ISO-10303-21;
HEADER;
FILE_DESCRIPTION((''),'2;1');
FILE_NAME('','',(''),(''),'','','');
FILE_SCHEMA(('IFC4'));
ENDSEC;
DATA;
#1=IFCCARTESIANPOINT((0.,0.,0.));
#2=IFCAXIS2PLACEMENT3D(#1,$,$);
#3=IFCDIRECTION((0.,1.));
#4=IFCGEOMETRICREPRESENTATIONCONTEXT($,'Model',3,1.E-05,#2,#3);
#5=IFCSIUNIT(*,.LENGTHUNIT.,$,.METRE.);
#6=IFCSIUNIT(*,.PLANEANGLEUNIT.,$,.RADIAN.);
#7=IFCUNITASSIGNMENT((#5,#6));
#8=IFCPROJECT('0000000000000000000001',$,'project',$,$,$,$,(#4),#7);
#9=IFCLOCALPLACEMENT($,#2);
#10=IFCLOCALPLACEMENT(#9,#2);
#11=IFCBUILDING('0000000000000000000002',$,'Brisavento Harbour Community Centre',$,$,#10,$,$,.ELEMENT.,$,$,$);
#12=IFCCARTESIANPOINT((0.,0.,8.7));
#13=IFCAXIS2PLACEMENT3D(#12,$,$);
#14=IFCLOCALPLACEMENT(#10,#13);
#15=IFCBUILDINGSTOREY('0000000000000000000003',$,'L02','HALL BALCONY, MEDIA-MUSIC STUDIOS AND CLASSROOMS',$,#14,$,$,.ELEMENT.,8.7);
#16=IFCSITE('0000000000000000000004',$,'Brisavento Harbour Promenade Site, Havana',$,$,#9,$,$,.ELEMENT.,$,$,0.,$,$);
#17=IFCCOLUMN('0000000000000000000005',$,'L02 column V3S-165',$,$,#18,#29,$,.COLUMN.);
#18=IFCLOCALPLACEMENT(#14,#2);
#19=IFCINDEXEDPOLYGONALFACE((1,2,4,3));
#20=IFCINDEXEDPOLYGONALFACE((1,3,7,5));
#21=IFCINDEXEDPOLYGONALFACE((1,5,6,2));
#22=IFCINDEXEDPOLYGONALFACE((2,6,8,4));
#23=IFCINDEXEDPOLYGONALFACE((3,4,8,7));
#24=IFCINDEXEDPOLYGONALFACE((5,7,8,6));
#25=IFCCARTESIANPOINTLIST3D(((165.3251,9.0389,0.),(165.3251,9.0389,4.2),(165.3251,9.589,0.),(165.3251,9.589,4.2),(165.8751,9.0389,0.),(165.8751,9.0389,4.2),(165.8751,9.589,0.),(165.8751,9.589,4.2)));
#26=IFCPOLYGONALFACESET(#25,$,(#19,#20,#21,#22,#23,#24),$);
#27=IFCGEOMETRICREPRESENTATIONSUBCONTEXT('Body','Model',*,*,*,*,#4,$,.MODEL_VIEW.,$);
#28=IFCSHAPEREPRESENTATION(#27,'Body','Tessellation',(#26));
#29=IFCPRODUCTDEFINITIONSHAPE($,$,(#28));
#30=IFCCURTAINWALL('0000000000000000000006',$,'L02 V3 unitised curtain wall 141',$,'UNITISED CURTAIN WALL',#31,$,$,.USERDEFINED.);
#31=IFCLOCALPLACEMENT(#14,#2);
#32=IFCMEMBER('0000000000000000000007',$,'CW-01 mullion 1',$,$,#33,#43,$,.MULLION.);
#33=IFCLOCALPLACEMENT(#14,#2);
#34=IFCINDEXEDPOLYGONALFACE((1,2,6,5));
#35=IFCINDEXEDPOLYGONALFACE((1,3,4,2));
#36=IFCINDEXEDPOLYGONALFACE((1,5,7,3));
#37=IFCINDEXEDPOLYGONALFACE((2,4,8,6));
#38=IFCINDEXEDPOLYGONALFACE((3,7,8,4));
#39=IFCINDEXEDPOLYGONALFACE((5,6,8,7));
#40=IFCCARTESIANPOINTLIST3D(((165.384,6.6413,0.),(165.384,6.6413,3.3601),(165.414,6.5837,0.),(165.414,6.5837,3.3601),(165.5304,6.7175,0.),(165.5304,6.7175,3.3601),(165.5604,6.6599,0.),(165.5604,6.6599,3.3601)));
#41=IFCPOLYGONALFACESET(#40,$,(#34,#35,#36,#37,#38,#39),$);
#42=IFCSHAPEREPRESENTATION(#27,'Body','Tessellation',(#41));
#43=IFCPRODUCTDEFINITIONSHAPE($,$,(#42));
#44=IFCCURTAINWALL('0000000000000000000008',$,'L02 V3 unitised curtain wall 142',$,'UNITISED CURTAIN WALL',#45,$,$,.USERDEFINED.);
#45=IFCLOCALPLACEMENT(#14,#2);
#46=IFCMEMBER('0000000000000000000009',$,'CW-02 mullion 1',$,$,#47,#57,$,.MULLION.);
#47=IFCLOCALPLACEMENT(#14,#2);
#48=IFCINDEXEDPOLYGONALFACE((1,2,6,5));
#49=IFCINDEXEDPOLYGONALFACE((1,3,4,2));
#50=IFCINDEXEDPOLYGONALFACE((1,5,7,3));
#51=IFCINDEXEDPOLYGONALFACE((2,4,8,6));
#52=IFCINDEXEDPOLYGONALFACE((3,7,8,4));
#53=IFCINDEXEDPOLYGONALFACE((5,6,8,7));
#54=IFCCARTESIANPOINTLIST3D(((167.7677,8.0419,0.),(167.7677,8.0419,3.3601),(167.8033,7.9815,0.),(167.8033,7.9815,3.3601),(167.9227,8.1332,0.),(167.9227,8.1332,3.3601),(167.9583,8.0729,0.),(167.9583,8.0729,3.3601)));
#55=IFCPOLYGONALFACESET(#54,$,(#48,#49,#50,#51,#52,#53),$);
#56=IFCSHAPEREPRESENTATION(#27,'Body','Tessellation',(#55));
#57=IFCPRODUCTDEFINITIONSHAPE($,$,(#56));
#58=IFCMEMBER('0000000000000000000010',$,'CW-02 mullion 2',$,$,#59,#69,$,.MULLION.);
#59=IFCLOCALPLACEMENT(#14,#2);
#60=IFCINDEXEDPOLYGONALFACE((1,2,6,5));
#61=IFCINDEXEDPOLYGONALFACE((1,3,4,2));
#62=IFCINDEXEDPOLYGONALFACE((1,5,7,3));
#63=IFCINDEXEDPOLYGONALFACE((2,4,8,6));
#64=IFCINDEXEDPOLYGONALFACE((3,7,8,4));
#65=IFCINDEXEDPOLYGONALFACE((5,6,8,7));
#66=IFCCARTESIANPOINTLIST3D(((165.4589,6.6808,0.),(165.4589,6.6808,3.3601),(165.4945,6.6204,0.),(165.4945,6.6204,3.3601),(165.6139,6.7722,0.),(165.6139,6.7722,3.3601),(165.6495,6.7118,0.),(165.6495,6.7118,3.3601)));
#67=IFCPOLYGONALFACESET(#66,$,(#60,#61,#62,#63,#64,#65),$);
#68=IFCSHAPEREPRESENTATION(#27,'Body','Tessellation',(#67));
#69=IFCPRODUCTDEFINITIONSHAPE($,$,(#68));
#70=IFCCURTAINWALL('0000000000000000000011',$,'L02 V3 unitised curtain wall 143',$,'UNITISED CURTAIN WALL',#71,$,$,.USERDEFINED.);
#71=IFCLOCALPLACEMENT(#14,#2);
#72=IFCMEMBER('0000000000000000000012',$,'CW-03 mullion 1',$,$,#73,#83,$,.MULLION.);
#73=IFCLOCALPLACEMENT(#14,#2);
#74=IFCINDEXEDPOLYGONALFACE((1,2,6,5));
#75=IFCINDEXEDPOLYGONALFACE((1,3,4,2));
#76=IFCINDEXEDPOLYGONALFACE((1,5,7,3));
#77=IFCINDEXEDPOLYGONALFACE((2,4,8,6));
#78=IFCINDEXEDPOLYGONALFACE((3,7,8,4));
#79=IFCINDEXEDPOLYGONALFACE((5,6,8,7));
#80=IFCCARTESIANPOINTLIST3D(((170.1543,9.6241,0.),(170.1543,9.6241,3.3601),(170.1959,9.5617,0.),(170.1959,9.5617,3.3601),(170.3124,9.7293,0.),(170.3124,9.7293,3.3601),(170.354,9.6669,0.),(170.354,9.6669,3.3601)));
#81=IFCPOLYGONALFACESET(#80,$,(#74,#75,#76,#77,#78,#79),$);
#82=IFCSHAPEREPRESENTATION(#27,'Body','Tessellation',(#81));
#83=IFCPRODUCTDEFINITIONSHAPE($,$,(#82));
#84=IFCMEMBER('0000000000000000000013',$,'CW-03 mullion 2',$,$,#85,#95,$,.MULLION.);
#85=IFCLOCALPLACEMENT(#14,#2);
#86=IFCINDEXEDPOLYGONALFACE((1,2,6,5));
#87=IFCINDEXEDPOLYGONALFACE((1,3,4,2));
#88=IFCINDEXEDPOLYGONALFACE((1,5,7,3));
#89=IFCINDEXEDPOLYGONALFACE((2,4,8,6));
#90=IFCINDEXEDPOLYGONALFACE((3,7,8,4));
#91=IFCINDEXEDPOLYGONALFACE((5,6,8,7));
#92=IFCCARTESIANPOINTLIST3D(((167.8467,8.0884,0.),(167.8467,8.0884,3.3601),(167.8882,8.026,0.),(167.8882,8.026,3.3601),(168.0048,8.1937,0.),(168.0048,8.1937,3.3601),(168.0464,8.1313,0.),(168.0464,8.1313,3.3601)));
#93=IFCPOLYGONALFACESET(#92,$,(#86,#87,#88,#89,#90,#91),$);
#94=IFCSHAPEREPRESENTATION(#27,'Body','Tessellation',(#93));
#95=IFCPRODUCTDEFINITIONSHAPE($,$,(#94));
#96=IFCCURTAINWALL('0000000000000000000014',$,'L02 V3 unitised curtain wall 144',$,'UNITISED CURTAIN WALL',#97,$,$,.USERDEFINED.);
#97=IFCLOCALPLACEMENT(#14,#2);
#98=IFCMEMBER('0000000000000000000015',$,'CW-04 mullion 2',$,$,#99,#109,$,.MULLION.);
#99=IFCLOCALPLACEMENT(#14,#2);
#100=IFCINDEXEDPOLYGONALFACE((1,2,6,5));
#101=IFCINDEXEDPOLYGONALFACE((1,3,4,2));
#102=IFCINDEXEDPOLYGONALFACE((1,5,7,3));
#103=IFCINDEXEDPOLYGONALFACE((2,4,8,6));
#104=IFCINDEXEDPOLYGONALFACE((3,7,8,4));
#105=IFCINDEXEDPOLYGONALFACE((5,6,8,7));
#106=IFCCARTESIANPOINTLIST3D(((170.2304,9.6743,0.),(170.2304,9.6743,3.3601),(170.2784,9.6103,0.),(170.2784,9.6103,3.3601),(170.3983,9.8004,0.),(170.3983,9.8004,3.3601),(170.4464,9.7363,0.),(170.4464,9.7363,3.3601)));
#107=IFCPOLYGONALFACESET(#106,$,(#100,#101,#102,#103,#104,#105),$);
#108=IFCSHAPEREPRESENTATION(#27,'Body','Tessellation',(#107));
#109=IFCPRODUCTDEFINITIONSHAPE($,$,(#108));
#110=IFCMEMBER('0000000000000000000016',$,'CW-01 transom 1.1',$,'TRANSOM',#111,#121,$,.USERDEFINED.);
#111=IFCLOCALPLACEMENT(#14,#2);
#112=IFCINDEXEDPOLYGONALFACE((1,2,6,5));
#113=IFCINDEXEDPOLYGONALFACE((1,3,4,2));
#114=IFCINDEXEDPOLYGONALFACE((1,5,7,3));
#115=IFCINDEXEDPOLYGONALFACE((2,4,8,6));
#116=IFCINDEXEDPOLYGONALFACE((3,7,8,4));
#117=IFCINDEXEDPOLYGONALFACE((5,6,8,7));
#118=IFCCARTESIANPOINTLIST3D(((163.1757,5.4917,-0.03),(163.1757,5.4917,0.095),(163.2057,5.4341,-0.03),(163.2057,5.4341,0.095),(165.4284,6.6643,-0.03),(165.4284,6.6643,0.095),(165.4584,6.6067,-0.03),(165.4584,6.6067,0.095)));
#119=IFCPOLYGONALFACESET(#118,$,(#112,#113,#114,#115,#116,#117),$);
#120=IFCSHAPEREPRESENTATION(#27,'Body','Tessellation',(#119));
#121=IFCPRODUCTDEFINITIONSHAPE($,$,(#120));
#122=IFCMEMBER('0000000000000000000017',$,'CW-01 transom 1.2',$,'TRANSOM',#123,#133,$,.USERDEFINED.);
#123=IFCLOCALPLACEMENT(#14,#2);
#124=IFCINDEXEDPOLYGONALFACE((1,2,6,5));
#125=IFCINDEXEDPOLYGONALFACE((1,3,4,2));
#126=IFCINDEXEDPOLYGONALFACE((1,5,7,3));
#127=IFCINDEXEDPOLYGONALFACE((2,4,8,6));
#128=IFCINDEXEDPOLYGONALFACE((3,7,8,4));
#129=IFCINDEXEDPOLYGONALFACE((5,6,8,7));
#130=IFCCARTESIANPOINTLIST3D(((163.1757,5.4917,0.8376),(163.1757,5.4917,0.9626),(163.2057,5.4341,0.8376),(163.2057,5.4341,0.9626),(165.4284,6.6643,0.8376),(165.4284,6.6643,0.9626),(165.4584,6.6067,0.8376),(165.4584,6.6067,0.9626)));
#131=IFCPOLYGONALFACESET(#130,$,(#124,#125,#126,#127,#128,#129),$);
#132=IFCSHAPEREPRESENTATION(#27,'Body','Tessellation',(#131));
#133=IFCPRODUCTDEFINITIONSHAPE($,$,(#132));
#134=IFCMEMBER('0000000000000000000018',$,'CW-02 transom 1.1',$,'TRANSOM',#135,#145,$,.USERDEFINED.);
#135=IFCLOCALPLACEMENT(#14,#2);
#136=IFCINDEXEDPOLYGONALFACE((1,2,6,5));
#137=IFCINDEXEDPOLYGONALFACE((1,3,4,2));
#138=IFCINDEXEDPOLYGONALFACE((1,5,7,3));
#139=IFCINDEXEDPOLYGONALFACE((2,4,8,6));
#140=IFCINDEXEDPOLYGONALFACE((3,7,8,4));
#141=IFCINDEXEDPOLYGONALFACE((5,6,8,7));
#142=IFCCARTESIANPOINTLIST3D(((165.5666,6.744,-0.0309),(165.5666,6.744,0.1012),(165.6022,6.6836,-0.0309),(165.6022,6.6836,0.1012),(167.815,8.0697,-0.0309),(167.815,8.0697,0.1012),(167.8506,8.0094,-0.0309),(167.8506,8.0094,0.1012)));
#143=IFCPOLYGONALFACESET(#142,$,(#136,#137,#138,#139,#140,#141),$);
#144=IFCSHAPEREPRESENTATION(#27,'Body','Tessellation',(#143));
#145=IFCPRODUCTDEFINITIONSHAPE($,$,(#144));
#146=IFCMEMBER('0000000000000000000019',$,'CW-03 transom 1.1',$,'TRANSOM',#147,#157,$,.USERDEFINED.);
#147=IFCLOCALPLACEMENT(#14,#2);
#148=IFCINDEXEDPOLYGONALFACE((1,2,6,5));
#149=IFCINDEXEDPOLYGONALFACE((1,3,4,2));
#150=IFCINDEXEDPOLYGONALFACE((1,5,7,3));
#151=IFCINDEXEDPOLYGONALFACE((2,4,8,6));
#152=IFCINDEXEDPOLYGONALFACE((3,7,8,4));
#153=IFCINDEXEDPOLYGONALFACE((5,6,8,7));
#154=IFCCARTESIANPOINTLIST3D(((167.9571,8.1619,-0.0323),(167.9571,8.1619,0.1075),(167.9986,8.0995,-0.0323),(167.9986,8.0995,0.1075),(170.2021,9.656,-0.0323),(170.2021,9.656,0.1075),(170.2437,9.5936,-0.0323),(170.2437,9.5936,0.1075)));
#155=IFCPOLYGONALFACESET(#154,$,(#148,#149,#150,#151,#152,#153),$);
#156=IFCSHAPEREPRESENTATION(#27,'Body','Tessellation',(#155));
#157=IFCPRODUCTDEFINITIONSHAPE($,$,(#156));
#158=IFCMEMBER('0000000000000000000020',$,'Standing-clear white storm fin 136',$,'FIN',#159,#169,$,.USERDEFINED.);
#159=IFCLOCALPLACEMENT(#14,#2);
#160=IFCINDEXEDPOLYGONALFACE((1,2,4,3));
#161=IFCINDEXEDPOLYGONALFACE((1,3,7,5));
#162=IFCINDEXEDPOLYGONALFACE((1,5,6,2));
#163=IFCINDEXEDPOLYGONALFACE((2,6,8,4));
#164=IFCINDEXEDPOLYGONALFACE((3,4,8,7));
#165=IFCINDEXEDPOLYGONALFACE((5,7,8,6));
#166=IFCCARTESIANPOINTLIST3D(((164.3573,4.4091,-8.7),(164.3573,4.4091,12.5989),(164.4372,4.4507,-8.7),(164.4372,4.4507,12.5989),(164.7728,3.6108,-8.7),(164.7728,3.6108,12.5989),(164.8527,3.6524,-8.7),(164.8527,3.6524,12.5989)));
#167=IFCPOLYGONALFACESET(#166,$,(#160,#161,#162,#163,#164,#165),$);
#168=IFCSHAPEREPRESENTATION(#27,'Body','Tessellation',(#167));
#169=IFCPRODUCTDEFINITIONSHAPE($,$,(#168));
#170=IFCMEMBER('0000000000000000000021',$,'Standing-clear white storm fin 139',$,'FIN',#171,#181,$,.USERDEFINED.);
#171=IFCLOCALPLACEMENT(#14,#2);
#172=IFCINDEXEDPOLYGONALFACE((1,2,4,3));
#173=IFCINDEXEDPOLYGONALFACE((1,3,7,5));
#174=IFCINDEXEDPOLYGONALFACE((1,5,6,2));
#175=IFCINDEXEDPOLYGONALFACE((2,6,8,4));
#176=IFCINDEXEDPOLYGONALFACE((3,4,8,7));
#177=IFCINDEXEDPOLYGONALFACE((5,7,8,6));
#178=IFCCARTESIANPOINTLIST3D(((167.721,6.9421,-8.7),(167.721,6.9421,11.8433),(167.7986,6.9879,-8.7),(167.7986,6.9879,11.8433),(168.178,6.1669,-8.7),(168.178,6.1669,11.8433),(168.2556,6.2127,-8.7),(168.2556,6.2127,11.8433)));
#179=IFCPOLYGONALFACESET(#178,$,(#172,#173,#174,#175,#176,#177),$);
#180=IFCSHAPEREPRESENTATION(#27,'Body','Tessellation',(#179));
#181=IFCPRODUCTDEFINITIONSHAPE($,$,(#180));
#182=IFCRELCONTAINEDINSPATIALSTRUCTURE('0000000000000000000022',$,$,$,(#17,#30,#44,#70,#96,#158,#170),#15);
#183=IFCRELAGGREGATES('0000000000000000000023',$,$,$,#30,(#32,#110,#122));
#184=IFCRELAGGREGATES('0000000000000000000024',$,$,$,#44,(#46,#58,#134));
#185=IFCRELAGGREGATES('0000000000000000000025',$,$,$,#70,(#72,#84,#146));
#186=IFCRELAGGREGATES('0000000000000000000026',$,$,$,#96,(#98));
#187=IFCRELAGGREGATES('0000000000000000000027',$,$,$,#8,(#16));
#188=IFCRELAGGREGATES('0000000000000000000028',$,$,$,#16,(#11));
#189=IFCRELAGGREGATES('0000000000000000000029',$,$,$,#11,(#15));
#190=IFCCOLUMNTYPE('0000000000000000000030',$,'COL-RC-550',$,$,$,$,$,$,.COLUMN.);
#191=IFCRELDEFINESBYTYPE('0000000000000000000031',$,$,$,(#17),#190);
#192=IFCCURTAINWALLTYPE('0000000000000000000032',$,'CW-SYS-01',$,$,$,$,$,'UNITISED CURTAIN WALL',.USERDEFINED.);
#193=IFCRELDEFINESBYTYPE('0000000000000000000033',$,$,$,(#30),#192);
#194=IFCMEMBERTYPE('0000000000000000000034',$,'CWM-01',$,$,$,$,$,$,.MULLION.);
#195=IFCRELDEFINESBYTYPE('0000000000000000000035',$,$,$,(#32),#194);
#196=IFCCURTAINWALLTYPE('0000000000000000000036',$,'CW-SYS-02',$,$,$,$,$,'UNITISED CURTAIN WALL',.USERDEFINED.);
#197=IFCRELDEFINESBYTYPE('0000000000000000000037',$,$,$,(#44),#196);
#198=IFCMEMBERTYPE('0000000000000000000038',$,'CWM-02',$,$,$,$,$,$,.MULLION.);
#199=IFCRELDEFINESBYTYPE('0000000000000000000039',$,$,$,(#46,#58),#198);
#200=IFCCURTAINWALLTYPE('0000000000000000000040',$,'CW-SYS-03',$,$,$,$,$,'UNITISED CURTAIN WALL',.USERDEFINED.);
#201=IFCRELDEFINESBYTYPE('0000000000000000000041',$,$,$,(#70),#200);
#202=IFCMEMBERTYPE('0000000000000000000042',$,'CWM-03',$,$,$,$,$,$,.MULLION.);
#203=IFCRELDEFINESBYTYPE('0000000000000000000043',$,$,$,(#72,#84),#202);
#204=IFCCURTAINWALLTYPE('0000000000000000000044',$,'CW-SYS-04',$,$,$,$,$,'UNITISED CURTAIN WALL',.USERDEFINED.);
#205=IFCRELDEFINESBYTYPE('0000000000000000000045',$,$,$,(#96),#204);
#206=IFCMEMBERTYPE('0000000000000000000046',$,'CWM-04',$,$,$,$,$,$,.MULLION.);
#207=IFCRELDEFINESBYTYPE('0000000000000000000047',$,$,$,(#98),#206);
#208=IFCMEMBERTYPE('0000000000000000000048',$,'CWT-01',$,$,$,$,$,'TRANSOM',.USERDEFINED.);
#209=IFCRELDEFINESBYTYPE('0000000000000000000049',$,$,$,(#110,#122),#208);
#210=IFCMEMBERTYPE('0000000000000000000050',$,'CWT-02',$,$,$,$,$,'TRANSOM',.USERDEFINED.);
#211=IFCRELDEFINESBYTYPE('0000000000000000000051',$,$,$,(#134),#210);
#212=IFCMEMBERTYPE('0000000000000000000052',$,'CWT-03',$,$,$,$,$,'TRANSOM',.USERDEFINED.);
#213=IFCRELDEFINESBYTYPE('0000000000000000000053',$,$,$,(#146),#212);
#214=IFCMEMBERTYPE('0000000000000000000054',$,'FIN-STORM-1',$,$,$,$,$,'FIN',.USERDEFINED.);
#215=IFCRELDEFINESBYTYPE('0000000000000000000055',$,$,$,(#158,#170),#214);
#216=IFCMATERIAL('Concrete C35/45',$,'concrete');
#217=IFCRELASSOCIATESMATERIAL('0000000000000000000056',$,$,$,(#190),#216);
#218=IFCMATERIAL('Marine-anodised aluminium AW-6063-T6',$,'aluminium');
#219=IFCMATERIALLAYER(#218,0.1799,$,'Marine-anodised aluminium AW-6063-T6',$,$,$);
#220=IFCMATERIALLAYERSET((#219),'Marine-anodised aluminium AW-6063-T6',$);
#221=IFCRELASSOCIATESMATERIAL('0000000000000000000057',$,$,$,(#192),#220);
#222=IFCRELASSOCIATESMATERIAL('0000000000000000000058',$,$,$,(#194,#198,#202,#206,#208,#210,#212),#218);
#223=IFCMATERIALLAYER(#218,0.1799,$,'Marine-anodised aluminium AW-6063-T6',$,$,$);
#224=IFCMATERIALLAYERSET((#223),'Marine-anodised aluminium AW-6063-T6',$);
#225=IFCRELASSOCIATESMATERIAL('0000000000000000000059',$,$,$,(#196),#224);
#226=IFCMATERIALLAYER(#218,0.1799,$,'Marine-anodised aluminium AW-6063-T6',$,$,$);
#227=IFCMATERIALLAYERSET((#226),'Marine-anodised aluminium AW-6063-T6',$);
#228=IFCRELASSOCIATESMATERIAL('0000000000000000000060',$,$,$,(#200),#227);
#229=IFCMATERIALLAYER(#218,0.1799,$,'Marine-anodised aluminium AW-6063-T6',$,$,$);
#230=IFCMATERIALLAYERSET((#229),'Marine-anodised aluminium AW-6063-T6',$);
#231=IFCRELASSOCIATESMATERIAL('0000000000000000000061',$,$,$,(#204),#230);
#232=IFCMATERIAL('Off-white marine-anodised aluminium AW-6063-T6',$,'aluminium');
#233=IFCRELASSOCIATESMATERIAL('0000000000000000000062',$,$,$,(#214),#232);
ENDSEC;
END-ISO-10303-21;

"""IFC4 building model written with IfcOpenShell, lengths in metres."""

from ifc_helpers import new_model, si_unit, direction, frame, origin, origin_2d, place, context, subcontext, project, spatial, rectangle, extrude, material, layer, layer_set, material_profile, profile_set, type_object, element, aggregate, save


model = new_model("IFC4")

# Units and contexts
model_context = context("Model", 3, precision=1e-05, world=origin(), true_north=direction((0.0, 1.0)))
body_context = subcontext(model_context, "Body", "Model", "MODEL_VIEW")
ifc_project = project(units=[si_unit("LENGTHUNIT", "METRE"), si_unit("PLANEANGLEUNIT", "RADIAN")], contexts=[model_context])

# Site, building, storey
site_placement = place(None, origin())
site = spatial("IfcSite", under=ifc_project, at=site_placement, Name="Brisavento Harbour Promenade Site, Havana", CompositionType="ELEMENT", RefElevation=0.0)
building_placement = place(site_placement, origin())
building = spatial("IfcBuilding", under=site, at=building_placement, Name="Brisavento Harbour Community Centre", CompositionType="ELEMENT")
storey_placement = place(building_placement, frame((0.0, 0.0, 8.7)))
storey = spatial("IfcBuildingStorey", under=building, at=storey_placement, Name="L02", Description="HALL BALCONY, MEDIA-MUSIC STUDIOS AND CLASSROOMS", CompositionType="ELEMENT", Elevation=8.7)

# Column
ifc_material_1 = material(Name="Concrete C35/45", Category="concrete")
ifc_material_profile_1 = material_profile(ifc_material_1, rectangle(XDim=0.55, YDim=0.55, at=origin_2d()), Name="Concrete C35/45")
ifc_profile_set_1 = profile_set([ifc_material_profile_1], Name="Concrete C35/45")
column_type = type_object("IfcColumnType", Name="COL-RC-550", PredefinedType="COLUMN", material=ifc_profile_set_1)
column_placement = place(storey_placement, frame((165.6001, 9.314, 0.0), z_axis=(0.0, 0.0, 1.0), x_axis=(1.0, 0.0, 0.0)))
element("IfcColumn", 1, at=column_placement, inside=storey, type_object=column_type, Name="L02 column V3S-165", PredefinedType="COLUMN", context=body_context, shape_type="SweptSolid", body=[
    extrude(rectangle(XDim=0.55, YDim=0.55, at=origin_2d()), origin(), (0.0, 0.0, 1.0), 4.2),
])

# Curtain wall, member
ifc_material_2 = material(Name="Marine-anodised aluminium AW-6063-T6", Category="aluminium")
ifc_layer_1 = layer(ifc_material_2, 0.1799, Name="Marine-anodised aluminium AW-6063-T6")
ifc_layer_set_1 = layer_set([ifc_layer_1], Name="Marine-anodised aluminium AW-6063-T6")
curtain_wall_type_1 = type_object("IfcCurtainWallType", Name="CW-SYS-01", ElementType="UNITISED CURTAIN WALL", PredefinedType="USERDEFINED", material=ifc_layer_set_1)
curtain_wall_1_placement = place(storey_placement, origin())
curtain_wall_1 = element("IfcCurtainWall", 2, at=curtain_wall_1_placement, inside=storey, type_object=curtain_wall_type_1, Name="L02 V3 unitised curtain wall 141", ObjectType="UNITISED CURTAIN WALL", PredefinedType="USERDEFINED")
ifc_material_profile_2 = material_profile(ifc_material_2, rectangle(XDim=0.0649, YDim=0.165, at=origin_2d()), Name="Marine-anodised aluminium AW-6063-T6")
ifc_profile_set_2 = profile_set([ifc_material_profile_2], Name="Marine-anodised aluminium AW-6063-T6")
member_type_1 = type_object("IfcMemberType", Name="CWM-01", PredefinedType="MULLION", material=ifc_profile_set_2)
member_1_placement = place(storey_placement, frame((165.4722, 6.6506, 0.0), z_axis=(0.0, 0.0, 1.0), x_axis=(0.461718, -0.887027, 0.0)))
member_1 = element("IfcMember", 3, at=member_1_placement, type_object=member_type_1, Name="CW-01 mullion 1", PredefinedType="MULLION", context=body_context, shape_type="SweptSolid", body=[
    extrude(rectangle(XDim=0.0649, YDim=0.165, at=origin_2d()), origin(), (0.0, 0.0, 1.0), 3.3601),
])

# Curtain walls, members
ifc_layer_2 = layer(ifc_material_2, 0.1799, Name="Marine-anodised aluminium AW-6063-T6")
ifc_layer_set_2 = layer_set([ifc_layer_2], Name="Marine-anodised aluminium AW-6063-T6")
curtain_wall_type_2 = type_object("IfcCurtainWallType", Name="CW-SYS-02", ElementType="UNITISED CURTAIN WALL", PredefinedType="USERDEFINED", material=ifc_layer_set_2)
curtain_wall_2_placement = place(storey_placement, origin())
curtain_wall_2 = element("IfcCurtainWall", 4, at=curtain_wall_2_placement, inside=storey, type_object=curtain_wall_type_2, Name="L02 V3 unitised curtain wall 142", ObjectType="UNITISED CURTAIN WALL", PredefinedType="USERDEFINED")
ifc_material_profile_3 = material_profile(ifc_material_2, rectangle(XDim=0.0701, YDim=0.1799, at=origin_2d()), Name="Marine-anodised aluminium AW-6063-T6")
ifc_profile_set_3 = profile_set([ifc_material_profile_3], Name="Marine-anodised aluminium AW-6063-T6")
member_type_2 = type_object("IfcMemberType", Name="CWM-02", PredefinedType="MULLION", material=ifc_profile_set_3)
member_2_placement = place(storey_placement, frame((167.863, 8.0574, 0.0), z_axis=(0.0, 0.0, 1.0), x_axis=(0.507876, -0.86143, 0.0)))
member_2 = element("IfcMember", 5, at=member_2_placement, type_object=member_type_2, Name="CW-02 mullion 1", PredefinedType="MULLION", context=body_context, shape_type="SweptSolid", body=[
    extrude(rectangle(XDim=0.0701, YDim=0.1799, at=origin_2d()), origin(), (0.0, 0.0, 1.0), 3.3601),
])
member_3_placement = place(storey_placement, frame((165.5542, 6.6963, 0.0), z_axis=(0.0, 0.0, 1.0), x_axis=(0.507876, -0.86143, 0.0)))
member_3 = element("IfcMember", 6, at=member_3_placement, type_object=member_type_2, Name="CW-02 mullion 2", PredefinedType="MULLION", context=body_context, shape_type="SweptSolid", body=[
    extrude(rectangle(XDim=0.0701, YDim=0.1799, at=origin_2d()), origin(), (0.0, 0.0, 1.0), 3.3601),
])
ifc_layer_3 = layer(ifc_material_2, 0.1799, Name="Marine-anodised aluminium AW-6063-T6")
ifc_layer_set_3 = layer_set([ifc_layer_3], Name="Marine-anodised aluminium AW-6063-T6")
curtain_wall_type_3 = type_object("IfcCurtainWallType", Name="CW-SYS-03", ElementType="UNITISED CURTAIN WALL", PredefinedType="USERDEFINED", material=ifc_layer_set_3)
curtain_wall_3_placement = place(storey_placement, origin())
curtain_wall_3 = element("IfcCurtainWall", 7, at=curtain_wall_3_placement, inside=storey, type_object=curtain_wall_type_3, Name="L02 V3 unitised curtain wall 143", ObjectType="UNITISED CURTAIN WALL", PredefinedType="USERDEFINED")
ifc_material_profile_4 = material_profile(ifc_material_2, rectangle(XDim=0.075, YDim=0.1899, at=origin_2d()), Name="Marine-anodised aluminium AW-6063-T6")
ifc_profile_set_4 = profile_set([ifc_material_profile_4], Name="Marine-anodised aluminium AW-6063-T6")
member_type_3 = type_object("IfcMemberType", Name="CWM-03", PredefinedType="MULLION", material=ifc_profile_set_4)
member_4_placement = place(storey_placement, frame((170.2542, 9.6455, 0.0), z_axis=(0.0, 0.0, 1.0), x_axis=(0.554068, -0.832472, 0.0)))
member_4 = element("IfcMember", 8, at=member_4_placement, type_object=member_type_3, Name="CW-03 mullion 1", PredefinedType="MULLION", context=body_context, shape_type="SweptSolid", body=[
    extrude(rectangle(XDim=0.075, YDim=0.1899, at=origin_2d()), origin(), (0.0, 0.0, 1.0), 3.3601),
])
member_5_placement = place(storey_placement, frame((167.9465, 8.1099, 0.0), z_axis=(0.0, 0.0, 1.0), x_axis=(0.554068, -0.832472, 0.0)))
member_5 = element("IfcMember", 9, at=member_5_placement, type_object=member_type_3, Name="CW-03 mullion 2", PredefinedType="MULLION", context=body_context, shape_type="SweptSolid", body=[
    extrude(rectangle(XDim=0.075, YDim=0.1899, at=origin_2d()), origin(), (0.0, 0.0, 1.0), 3.3601),
])

# Curtain wall, member
ifc_layer_4 = layer(ifc_material_2, 0.1799, Name="Marine-anodised aluminium AW-6063-T6")
ifc_layer_set_4 = layer_set([ifc_layer_4], Name="Marine-anodised aluminium AW-6063-T6")
curtain_wall_type_4 = type_object("IfcCurtainWallType", Name="CW-SYS-04", ElementType="UNITISED CURTAIN WALL", PredefinedType="USERDEFINED", material=ifc_layer_set_4)
curtain_wall_4_placement = place(storey_placement, origin())
curtain_wall_4 = element("IfcCurtainWall", 10, at=curtain_wall_4_placement, inside=storey, type_object=curtain_wall_type_4, Name="L02 V3 unitised curtain wall 144", ObjectType="UNITISED CURTAIN WALL", PredefinedType="USERDEFINED")
ifc_material_profile_5 = material_profile(ifc_material_2, rectangle(XDim=0.0801, YDim=0.21, at=origin_2d()), Name="Marine-anodised aluminium AW-6063-T6")
ifc_profile_set_5 = profile_set([ifc_material_profile_5], Name="Marine-anodised aluminium AW-6063-T6")
member_type_4 = type_object("IfcMemberType", Name="CWM-04", PredefinedType="MULLION", material=ifc_profile_set_5)
member_6_placement = place(storey_placement, frame((170.3384, 9.7053, 0.0), z_axis=(0.0, 0.0, 1.0), x_axis=(0.600259, -0.799806, 0.0)))
member_6 = element("IfcMember", 11, at=member_6_placement, type_object=member_type_4, Name="CW-04 mullion 2", PredefinedType="MULLION", context=body_context, shape_type="SweptSolid", body=[
    extrude(rectangle(XDim=0.0801, YDim=0.21, at=origin_2d()), origin(), (0.0, 0.0, 1.0), 3.3601),
])

# Members
ifc_material_profile_6 = material_profile(ifc_material_2, rectangle(XDim=0.0649, YDim=0.125, at=origin_2d()), Name="Marine-anodised aluminium AW-6063-T6")
ifc_profile_set_6 = profile_set([ifc_material_profile_6], Name="Marine-anodised aluminium AW-6063-T6")
member_type_5 = type_object("IfcMemberType", Name="CWT-01", ElementType="TRANSOM", PredefinedType="USERDEFINED", material=ifc_profile_set_6)
member_7_placement = place(storey_placement, frame((165.4434, 6.6355, 0.0325), z_axis=(-0.887022, -0.461728, 0.0), x_axis=(0.461728, -0.887022, 0.0)))
member_7 = element("IfcMember", 12, at=member_7_placement, type_object=member_type_5, Name="CW-01 transom 1.1", ObjectType="TRANSOM", PredefinedType="USERDEFINED", context=body_context, shape_type="SweptSolid", body=[
    extrude(rectangle(XDim=0.0649, YDim=0.125, at=origin_2d()), origin(), (0.0, 0.0, 1.0), 2.5396),
])
member_8_placement = place(storey_placement, frame((165.4434, 6.6355, 0.9001), z_axis=(-0.887022, -0.461728, 0.0), x_axis=(0.461728, -0.887022, 0.0)))
member_8 = element("IfcMember", 13, at=member_8_placement, type_object=member_type_5, Name="CW-01 transom 1.2", ObjectType="TRANSOM", PredefinedType="USERDEFINED", context=body_context, shape_type="SweptSolid", body=[
    extrude(rectangle(XDim=0.0649, YDim=0.125, at=origin_2d()), origin(), (0.0, 0.0, 1.0), 2.5396),
])
aggregate(curtain_wall_1, [member_1, member_7, member_8])
ifc_material_profile_7 = material_profile(ifc_material_2, rectangle(XDim=0.0701, YDim=0.1321, at=origin_2d()), Name="Marine-anodised aluminium AW-6063-T6")
ifc_profile_set_7 = profile_set([ifc_material_profile_7], Name="Marine-anodised aluminium AW-6063-T6")
member_type_6 = type_object("IfcMemberType", Name="CWT-02", ElementType="TRANSOM", PredefinedType="USERDEFINED", material=ifc_profile_set_7)
member_9_placement = place(storey_placement, frame((167.8328, 8.0396, 0.0352), z_axis=(-0.861405, -0.507919, 0.0), x_axis=(0.507919, -0.861405, 0.0)))
member_9 = element("IfcMember", 14, at=member_9_placement, type_object=member_type_6, Name="CW-02 transom 1.1", ObjectType="TRANSOM", PredefinedType="USERDEFINED", context=body_context, shape_type="SweptSolid", body=[
    extrude(rectangle(XDim=0.0701, YDim=0.1321, at=origin_2d()), origin(), (0.0, 0.0, 1.0), 2.6101),
])
ifc_material_profile_8 = material_profile(ifc_material_2, rectangle(XDim=0.075, YDim=0.1399, at=origin_2d()), Name="Marine-anodised aluminium AW-6063-T6")
ifc_profile_set_8 = profile_set([ifc_material_profile_8], Name="Marine-anodised aluminium AW-6063-T6")
member_type_7 = type_object("IfcMemberType", Name="CWT-03", ElementType="TRANSOM", PredefinedType="USERDEFINED", material=ifc_profile_set_8)
member_10_placement = place(storey_placement, frame((170.2229, 9.6248, 0.0376), z_axis=(-0.832496, -0.554032, 0.0), x_axis=(0.554032, -0.832496, 0.0)))
member_10 = element("IfcMember", 15, at=member_10_placement, type_object=member_type_7, Name="CW-03 transom 1.1", ObjectType="TRANSOM", PredefinedType="USERDEFINED", context=body_context, shape_type="SweptSolid", body=[
    extrude(rectangle(XDim=0.075, YDim=0.1399, at=origin_2d()), origin(), (0.0, 0.0, 1.0), 2.6968),
])

# Members
ifc_material_3 = material(Name="Off-white marine-anodised aluminium AW-6063-T6", Category="aluminium")
ifc_material_profile_9 = material_profile(ifc_material_3, rectangle(XDim=0.0901, YDim=0.8999, at=origin_2d()), Name="Off-white marine-anodised aluminium AW-6063-T6")
ifc_profile_set_9 = profile_set([ifc_material_profile_9], Name="Off-white marine-anodised aluminium AW-6063-T6")
member_type_8 = type_object("IfcMemberType", Name="FIN-STORM-1", ElementType="FIN", PredefinedType="USERDEFINED", material=ifc_profile_set_9)
member_11_placement = place(storey_placement, frame((164.605, 4.0308, -8.7), z_axis=(0.0, 0.0, 1.0), x_axis=(-0.887035, -0.461702, 0.0)))
element("IfcMember", 16, at=member_11_placement, inside=storey, type_object=member_type_8, Name="Standing-clear white storm fin 136", ObjectType="FIN", PredefinedType="USERDEFINED", context=body_context, shape_type="SweptSolid", body=[
    extrude(rectangle(XDim=0.0901, YDim=0.8999, at=origin_2d()), origin(), (0.0, 0.0, 1.0), 21.2988),
])
member_12_placement = place(storey_placement, frame((167.9883, 6.5774, -8.7), z_axis=(0.0, 0.0, 1.0), x_axis=(-0.861434, -0.507869, 0.0)))
element("IfcMember", 17, at=member_12_placement, inside=storey, type_object=member_type_8, Name="Standing-clear white storm fin 139", ObjectType="FIN", PredefinedType="USERDEFINED", context=body_context, shape_type="SweptSolid", body=[
    extrude(rectangle(XDim=0.0901, YDim=0.8999, at=origin_2d()), origin(), (0.0, 0.0, 1.0), 20.5432),
])

aggregate(curtain_wall_2, [member_2, member_3, member_9])
aggregate(curtain_wall_3, [member_4, member_5, member_10])
aggregate(curtain_wall_4, [member_6])

save(model, "model.ifc")
